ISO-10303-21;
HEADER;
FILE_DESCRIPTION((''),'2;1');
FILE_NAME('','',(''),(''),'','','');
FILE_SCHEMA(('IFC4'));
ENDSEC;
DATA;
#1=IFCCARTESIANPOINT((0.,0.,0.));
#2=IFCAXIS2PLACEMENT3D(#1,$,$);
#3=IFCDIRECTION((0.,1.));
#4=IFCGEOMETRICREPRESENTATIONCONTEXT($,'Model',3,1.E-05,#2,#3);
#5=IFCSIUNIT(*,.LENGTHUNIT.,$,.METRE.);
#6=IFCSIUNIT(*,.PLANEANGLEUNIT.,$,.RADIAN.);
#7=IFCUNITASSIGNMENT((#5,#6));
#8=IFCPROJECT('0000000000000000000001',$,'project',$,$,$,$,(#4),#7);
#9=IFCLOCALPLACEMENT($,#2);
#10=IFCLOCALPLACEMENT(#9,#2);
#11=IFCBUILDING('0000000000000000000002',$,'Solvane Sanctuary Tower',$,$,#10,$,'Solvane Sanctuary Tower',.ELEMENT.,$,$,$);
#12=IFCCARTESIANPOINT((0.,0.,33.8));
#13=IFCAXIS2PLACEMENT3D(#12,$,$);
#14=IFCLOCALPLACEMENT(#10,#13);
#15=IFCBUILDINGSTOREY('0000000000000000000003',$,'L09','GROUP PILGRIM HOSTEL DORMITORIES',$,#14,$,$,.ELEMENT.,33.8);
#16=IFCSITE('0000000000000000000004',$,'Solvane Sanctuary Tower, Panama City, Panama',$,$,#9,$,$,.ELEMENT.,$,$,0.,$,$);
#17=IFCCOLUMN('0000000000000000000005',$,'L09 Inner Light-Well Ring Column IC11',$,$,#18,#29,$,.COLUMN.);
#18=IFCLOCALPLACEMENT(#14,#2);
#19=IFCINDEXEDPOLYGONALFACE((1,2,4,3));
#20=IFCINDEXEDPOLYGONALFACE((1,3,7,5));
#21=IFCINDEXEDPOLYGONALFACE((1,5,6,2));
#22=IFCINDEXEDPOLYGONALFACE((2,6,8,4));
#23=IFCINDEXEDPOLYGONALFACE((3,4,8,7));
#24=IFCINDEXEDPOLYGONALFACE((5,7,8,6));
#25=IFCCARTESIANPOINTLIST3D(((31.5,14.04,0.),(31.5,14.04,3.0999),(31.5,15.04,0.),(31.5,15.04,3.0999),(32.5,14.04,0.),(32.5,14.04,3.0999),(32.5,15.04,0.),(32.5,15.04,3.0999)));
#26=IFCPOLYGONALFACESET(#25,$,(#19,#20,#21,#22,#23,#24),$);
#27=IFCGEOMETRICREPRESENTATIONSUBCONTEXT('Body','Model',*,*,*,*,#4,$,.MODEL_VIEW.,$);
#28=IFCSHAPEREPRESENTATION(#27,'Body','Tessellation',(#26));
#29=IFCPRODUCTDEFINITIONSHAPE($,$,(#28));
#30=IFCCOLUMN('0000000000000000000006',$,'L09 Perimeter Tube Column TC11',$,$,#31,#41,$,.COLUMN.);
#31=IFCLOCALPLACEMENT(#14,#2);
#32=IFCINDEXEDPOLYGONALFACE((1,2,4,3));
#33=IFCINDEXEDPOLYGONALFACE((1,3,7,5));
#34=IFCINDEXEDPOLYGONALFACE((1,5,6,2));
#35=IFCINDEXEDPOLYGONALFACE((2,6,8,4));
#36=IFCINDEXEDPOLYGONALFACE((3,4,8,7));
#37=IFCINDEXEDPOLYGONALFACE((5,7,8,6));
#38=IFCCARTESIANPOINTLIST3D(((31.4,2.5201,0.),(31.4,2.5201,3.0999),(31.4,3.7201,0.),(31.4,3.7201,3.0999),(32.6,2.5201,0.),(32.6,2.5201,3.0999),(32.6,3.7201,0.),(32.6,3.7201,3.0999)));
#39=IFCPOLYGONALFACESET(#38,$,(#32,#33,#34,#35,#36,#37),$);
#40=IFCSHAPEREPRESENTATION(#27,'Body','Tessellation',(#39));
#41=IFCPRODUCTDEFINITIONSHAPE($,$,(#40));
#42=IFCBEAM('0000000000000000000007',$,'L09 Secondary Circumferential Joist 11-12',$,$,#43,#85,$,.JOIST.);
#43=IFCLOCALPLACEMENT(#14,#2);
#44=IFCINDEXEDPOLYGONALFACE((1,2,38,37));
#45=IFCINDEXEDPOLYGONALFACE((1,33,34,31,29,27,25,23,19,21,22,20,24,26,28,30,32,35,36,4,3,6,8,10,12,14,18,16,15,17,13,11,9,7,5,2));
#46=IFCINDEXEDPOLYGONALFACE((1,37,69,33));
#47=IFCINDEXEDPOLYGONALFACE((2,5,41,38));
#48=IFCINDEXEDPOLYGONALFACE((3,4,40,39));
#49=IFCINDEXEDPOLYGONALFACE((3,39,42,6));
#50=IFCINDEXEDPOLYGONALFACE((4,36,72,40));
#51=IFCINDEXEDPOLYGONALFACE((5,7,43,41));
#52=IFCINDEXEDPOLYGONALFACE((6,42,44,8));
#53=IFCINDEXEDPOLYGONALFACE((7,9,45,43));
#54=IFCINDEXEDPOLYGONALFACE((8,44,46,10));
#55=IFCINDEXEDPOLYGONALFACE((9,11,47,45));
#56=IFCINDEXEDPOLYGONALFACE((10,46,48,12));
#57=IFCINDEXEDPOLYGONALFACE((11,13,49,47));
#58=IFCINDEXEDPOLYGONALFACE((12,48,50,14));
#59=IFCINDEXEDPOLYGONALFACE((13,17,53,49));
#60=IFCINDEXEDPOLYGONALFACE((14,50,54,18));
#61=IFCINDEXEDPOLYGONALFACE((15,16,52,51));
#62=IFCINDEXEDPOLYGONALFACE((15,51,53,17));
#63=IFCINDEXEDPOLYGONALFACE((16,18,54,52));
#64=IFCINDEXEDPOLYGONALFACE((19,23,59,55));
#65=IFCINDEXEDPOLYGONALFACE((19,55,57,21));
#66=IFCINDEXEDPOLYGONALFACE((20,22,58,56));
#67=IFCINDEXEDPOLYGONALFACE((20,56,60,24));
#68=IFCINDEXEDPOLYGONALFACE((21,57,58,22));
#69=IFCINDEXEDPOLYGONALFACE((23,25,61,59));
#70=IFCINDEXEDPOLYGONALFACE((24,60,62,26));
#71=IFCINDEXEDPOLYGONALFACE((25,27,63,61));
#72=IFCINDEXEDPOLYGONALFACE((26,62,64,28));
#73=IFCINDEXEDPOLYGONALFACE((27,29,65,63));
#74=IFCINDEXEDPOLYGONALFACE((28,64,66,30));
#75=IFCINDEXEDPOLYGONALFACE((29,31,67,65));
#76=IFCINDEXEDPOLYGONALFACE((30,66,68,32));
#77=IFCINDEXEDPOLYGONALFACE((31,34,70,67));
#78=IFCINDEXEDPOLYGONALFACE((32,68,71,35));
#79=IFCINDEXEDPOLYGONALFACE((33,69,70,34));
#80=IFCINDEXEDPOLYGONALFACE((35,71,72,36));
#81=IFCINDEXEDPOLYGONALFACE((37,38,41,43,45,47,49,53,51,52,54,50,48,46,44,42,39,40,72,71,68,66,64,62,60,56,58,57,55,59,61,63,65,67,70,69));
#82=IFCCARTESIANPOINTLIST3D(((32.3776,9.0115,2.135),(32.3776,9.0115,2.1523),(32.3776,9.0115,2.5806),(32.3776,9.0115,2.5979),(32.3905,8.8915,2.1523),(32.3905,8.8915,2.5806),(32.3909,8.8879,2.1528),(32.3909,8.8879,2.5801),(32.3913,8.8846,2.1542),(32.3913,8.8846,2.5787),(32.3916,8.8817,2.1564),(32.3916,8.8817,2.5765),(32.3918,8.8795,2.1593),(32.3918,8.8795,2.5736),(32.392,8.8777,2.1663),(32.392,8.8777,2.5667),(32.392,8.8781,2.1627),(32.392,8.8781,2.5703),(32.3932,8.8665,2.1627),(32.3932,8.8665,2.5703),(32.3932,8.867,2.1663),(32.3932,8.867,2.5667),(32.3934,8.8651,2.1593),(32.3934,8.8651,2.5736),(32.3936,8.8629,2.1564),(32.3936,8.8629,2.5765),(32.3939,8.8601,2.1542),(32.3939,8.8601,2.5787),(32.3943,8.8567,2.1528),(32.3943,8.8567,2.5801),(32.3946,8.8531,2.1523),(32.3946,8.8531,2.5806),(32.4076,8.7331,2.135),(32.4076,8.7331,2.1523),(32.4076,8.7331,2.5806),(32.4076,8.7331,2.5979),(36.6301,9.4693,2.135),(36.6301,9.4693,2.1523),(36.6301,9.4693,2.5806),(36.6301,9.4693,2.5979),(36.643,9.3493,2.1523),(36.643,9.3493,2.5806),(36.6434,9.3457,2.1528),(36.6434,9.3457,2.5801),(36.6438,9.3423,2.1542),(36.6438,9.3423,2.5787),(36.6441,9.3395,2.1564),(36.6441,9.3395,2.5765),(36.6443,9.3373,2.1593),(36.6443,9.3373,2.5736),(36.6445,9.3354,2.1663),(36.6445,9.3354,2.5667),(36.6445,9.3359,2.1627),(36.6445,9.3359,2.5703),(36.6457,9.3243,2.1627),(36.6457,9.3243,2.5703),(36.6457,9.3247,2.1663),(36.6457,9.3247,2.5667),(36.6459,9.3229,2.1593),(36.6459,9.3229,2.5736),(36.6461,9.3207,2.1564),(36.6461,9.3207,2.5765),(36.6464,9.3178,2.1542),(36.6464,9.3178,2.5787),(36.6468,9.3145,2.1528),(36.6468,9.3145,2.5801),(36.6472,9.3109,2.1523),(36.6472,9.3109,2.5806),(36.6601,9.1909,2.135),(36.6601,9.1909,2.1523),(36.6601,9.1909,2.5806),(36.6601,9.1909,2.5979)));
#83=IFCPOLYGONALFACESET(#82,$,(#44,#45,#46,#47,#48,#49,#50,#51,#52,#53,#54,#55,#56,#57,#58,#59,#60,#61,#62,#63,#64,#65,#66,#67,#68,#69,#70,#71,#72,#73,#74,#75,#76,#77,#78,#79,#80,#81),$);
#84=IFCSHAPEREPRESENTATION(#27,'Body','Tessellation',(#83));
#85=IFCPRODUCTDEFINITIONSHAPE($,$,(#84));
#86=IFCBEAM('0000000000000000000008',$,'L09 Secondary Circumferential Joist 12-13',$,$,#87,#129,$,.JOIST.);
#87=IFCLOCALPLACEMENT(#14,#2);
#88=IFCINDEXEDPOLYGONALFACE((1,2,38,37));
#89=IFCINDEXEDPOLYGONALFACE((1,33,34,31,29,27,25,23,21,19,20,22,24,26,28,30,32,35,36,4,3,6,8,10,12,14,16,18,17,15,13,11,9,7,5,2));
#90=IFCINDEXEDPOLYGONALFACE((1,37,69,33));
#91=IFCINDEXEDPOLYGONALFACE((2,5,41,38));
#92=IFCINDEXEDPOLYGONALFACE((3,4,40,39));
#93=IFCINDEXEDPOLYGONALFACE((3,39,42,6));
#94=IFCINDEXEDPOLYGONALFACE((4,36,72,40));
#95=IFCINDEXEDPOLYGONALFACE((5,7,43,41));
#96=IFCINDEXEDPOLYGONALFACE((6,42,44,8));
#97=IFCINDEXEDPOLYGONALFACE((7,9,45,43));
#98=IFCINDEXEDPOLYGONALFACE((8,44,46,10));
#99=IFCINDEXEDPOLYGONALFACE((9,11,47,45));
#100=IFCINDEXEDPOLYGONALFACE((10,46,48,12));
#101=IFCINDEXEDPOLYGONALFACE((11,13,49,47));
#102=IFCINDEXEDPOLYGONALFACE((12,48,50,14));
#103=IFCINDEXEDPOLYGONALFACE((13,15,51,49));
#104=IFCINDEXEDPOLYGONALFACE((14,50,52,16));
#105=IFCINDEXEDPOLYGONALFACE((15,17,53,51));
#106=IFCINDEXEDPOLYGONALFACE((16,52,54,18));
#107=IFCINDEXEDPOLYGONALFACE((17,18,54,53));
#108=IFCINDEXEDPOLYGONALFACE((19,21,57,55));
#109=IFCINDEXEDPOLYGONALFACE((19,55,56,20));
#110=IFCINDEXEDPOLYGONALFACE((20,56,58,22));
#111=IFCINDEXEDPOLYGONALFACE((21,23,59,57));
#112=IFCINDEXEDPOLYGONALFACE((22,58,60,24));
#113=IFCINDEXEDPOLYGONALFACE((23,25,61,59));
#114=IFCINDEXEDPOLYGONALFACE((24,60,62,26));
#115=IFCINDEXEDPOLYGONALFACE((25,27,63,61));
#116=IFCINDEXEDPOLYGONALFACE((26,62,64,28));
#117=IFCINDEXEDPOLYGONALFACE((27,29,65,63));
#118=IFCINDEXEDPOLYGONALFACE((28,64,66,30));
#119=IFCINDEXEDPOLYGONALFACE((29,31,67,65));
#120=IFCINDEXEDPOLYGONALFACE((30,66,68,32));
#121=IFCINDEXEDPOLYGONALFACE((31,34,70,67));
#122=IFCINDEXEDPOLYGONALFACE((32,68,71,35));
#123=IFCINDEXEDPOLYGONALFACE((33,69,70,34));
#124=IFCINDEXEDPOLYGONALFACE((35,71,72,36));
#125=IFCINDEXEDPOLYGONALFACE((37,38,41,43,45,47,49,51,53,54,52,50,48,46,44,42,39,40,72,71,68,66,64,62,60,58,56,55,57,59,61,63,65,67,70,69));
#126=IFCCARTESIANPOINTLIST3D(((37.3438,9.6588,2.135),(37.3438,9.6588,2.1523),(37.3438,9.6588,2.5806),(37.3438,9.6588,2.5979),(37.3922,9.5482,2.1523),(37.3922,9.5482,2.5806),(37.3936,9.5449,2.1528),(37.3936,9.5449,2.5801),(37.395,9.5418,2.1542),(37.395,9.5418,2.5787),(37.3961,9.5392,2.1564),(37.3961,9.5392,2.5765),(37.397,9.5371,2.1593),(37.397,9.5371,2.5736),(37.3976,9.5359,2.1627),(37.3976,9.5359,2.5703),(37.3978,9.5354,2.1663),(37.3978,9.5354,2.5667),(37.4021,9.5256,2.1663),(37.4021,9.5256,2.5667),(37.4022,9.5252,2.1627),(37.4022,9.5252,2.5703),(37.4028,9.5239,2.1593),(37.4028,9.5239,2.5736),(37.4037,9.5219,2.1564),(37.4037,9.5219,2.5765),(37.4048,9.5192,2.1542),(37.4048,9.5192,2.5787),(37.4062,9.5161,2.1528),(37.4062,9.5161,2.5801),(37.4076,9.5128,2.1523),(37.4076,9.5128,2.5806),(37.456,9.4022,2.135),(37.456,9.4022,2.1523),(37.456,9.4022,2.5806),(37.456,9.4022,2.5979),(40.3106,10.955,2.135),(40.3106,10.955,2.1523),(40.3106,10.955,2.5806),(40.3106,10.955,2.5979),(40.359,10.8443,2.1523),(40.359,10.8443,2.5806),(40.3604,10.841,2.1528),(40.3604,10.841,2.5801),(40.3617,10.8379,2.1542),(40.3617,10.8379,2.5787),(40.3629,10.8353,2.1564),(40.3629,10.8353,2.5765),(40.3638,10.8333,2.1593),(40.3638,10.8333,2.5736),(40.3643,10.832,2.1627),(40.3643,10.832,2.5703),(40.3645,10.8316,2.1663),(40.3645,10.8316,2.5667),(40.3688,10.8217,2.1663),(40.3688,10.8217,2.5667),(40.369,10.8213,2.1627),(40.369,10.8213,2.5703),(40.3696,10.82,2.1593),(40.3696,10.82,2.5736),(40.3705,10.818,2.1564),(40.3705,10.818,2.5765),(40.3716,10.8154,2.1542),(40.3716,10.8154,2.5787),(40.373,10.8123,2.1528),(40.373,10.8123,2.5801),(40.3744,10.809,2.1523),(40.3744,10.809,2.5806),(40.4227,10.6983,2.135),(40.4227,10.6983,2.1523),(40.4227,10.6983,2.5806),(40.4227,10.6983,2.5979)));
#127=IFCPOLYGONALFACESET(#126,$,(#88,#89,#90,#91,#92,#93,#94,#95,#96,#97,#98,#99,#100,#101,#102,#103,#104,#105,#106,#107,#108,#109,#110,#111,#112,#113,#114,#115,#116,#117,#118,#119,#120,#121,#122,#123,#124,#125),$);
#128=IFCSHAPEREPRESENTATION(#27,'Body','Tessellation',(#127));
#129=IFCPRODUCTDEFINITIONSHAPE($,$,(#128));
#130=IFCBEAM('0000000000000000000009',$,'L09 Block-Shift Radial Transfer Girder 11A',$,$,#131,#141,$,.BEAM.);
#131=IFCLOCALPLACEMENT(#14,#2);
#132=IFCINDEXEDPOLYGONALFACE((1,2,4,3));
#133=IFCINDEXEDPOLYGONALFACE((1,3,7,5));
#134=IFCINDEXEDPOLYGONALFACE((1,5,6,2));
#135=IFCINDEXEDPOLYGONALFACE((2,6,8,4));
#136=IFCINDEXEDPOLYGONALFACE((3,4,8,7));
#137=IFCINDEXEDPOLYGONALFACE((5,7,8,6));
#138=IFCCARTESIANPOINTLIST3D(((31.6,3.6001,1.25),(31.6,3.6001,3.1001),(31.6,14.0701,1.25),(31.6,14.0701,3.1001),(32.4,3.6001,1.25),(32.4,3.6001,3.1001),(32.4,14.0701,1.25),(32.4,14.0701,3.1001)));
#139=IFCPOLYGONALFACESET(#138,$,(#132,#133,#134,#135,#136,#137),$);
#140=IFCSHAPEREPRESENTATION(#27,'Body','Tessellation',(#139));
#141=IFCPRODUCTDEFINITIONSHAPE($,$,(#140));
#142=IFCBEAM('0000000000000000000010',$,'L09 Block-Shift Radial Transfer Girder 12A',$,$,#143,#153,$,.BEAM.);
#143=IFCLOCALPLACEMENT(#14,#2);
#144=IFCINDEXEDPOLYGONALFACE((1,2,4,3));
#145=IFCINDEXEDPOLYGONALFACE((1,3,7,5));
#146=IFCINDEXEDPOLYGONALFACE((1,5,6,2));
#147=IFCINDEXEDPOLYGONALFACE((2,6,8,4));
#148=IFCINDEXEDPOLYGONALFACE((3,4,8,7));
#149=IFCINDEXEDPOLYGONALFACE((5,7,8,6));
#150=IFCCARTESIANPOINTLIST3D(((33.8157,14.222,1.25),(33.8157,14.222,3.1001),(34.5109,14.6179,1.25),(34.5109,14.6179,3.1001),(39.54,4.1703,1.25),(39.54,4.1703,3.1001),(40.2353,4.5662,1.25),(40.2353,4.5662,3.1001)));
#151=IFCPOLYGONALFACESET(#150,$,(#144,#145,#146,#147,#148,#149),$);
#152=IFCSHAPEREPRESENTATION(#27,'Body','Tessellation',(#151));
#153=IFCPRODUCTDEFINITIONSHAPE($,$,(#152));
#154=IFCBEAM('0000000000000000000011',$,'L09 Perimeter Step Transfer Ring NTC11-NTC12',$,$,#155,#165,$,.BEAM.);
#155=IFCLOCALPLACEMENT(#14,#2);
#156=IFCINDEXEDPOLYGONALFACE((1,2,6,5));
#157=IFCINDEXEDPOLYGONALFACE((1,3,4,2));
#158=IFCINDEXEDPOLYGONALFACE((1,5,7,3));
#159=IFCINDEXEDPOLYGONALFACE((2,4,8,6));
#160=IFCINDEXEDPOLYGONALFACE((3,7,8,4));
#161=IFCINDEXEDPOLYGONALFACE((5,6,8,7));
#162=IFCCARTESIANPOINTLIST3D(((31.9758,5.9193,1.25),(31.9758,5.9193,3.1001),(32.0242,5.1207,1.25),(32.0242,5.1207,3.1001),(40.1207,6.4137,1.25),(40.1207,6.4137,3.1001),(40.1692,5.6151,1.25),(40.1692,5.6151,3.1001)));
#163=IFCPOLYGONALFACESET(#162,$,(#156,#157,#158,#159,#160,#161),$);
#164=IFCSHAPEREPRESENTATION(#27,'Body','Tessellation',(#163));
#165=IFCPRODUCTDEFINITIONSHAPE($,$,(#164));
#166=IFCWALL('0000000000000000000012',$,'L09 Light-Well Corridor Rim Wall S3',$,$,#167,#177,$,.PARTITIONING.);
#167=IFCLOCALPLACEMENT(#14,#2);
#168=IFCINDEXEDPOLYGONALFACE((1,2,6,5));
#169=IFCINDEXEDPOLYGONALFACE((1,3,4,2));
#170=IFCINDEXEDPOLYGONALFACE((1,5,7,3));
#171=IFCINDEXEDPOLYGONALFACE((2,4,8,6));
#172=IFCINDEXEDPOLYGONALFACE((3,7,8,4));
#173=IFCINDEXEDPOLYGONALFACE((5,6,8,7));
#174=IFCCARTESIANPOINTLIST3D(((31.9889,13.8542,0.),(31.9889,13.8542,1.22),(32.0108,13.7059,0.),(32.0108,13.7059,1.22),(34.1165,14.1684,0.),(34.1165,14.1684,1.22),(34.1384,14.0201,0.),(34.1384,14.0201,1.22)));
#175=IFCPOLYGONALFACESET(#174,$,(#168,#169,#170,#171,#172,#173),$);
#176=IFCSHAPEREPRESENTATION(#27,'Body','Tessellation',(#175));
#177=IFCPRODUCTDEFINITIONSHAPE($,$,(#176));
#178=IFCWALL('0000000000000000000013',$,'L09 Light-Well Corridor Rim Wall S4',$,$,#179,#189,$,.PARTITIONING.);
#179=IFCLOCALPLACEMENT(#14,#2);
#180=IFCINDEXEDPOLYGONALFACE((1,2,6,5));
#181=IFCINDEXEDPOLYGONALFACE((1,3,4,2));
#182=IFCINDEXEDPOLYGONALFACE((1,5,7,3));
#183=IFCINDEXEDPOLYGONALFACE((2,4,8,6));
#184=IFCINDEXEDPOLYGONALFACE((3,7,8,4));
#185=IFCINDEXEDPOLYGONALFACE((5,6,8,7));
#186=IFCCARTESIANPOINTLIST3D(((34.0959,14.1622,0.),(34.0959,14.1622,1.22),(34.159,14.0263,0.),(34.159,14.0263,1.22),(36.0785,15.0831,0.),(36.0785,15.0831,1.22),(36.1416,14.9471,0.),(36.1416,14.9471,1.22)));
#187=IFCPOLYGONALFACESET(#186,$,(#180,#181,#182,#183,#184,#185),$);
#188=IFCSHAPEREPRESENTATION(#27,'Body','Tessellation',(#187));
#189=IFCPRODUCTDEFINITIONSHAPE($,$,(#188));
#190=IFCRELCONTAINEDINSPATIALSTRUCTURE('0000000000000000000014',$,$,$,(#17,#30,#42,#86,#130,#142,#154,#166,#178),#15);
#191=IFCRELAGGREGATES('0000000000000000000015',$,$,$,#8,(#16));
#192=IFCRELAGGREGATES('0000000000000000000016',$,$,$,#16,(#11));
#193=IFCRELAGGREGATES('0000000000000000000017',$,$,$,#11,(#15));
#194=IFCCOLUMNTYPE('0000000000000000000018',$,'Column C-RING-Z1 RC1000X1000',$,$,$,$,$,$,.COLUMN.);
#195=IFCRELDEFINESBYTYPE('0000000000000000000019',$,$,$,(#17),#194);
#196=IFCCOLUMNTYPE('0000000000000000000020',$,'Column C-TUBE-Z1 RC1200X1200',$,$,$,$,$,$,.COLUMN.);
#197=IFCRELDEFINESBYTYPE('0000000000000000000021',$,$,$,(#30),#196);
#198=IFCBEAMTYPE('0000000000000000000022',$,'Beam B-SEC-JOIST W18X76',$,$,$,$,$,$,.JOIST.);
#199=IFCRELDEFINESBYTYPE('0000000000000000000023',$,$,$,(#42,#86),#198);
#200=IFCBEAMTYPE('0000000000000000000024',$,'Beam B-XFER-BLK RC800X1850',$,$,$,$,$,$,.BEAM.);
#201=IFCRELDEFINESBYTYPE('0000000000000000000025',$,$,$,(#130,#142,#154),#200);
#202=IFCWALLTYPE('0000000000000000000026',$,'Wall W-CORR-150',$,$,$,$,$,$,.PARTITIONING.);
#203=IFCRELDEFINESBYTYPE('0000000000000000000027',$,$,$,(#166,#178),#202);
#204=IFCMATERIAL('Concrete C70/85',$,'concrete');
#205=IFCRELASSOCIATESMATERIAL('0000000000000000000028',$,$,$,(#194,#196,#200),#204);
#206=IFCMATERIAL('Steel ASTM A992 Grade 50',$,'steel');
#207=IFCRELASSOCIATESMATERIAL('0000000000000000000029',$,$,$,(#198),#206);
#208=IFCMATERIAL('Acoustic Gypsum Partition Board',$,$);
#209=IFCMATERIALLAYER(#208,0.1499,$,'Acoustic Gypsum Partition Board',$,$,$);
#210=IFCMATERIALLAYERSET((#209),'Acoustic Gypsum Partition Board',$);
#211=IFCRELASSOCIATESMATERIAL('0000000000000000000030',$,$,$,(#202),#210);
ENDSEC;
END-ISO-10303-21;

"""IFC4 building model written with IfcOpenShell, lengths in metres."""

from ifc_helpers import new_model, si_unit, direction, frame, frame_2d, origin, origin_2d, place, context, subcontext, project, spatial, rectangle, i_section, extrude, material, layer, layer_set, material_profile, profile_set, type_object, element, save


model = new_model("IFC4")

# Units and contexts
model_context = context("Model", 3, precision=1e-05, world=origin(), true_north=direction((0.0, 1.0)))
body_context = subcontext(model_context, "Body", "Model", "MODEL_VIEW")
ifc_project = project(units=[si_unit("LENGTHUNIT", "METRE"), si_unit("PLANEANGLEUNIT", "RADIAN")], contexts=[model_context])

# Site, building, storey
site_placement = place(None, origin())
site = spatial("IfcSite", under=ifc_project, at=site_placement, Name="Solvane Sanctuary Tower, Panama City, Panama", CompositionType="ELEMENT", RefElevation=0.0)
building_placement = place(site_placement, origin())
building = spatial("IfcBuilding", under=site, at=building_placement, Name="Solvane Sanctuary Tower", LongName="Solvane Sanctuary Tower", CompositionType="ELEMENT")
storey_placement = place(building_placement, frame((0.0, 0.0, 33.8)))
storey = spatial("IfcBuildingStorey", under=building, at=storey_placement, Name="L09", Description="GROUP PILGRIM HOSTEL DORMITORIES", CompositionType="ELEMENT", Elevation=33.8)

# Columns
ifc_material_1 = material(Name="Concrete C70/85", Category="concrete")
ifc_material_profile_1 = material_profile(ifc_material_1, rectangle(XDim=1.0, YDim=1.0, at=origin_2d()), Name="RC1000X1000")
ifc_profile_set_1 = profile_set([ifc_material_profile_1], Name="Concrete C70/85")
column_type_1 = type_object("IfcColumnType", Name="Column C-RING-Z1 RC1000X1000", PredefinedType="COLUMN", material=ifc_profile_set_1)
column_1_placement = place(storey_placement, frame((32.0, 14.54, 0.0), z_axis=(0.0, 0.0, 1.0), x_axis=(1.0, 0.0, 0.0)))
element("IfcColumn", 1, at=column_1_placement, inside=storey, type_object=column_type_1, Name="L09 Inner Light-Well Ring Column IC11", PredefinedType="COLUMN", context=body_context, shape_type="SweptSolid", body=[
    extrude(rectangle(XDim=1.0, YDim=1.0, at=origin_2d()), origin(), (0.0, 0.0, 1.0), 3.0999),
])
ifc_material_profile_2 = material_profile(ifc_material_1, rectangle(XDim=1.2, YDim=1.2, at=origin_2d()), Name="RC1200X1200")
ifc_profile_set_2 = profile_set([ifc_material_profile_2], Name="Concrete C70/85")
column_type_2 = type_object("IfcColumnType", Name="Column C-TUBE-Z1 RC1200X1200", PredefinedType="COLUMN", material=ifc_profile_set_2)
column_2_placement = place(storey_placement, frame((32.0, 3.1201, 0.0), z_axis=(0.0, 0.0, 1.0), x_axis=(0.0, -1.0, 0.0)))
element("IfcColumn", 2, at=column_2_placement, inside=storey, type_object=column_type_2, Name="L09 Perimeter Tube Column TC11", PredefinedType="COLUMN", context=body_context, shape_type="SweptSolid", body=[
    extrude(rectangle(XDim=1.2, YDim=1.2, at=origin_2d()), origin(), (0.0, 0.0, 1.0), 3.0999),
])

# Beams
ifc_material_2 = material(Name="Steel ASTM A992 Grade 50", Category="steel")
ifc_material_profile_3 = material_profile(ifc_material_2, i_section(OverallWidth=0.28, OverallDepth=0.4629, WebThickness=0.0107, FlangeThickness=0.0173, FilletRadius=0.0139, at=origin_2d()), Name="W18X76")
ifc_profile_set_3 = profile_set([ifc_material_profile_3], Name="Steel ASTM A992 Grade 50")
beam_type_1 = type_object("IfcBeamType", Name="Beam B-SEC-JOIST W18X76", PredefinedType="JOIST", material=ifc_profile_set_3)
beam_1_placement = place(storey_placement, frame((32.3926, 8.8723, 2.3665), z_axis=(0.994256, 0.107029, 0.0), x_axis=(-0.107029, 0.994256, 0.0)))
element("IfcBeam", 3, at=beam_1_placement, inside=storey, type_object=beam_type_1, Name="L09 Secondary Circumferential Joist 11-12", PredefinedType="JOIST", context=body_context, shape_type="SweptSolid", body=[
    extrude(i_section(OverallWidth=0.28, OverallDepth=0.4629, WebThickness=0.0107, FlangeThickness=0.0173, FilletRadius=0.0139, at=origin_2d()), origin(), (0.0, 0.0, 1.0), 4.2771),
])
beam_2_placement = place(storey_placement, frame((37.3999, 9.5305, 2.3665), z_axis=(0.916365, 0.400344, 0.0), x_axis=(-0.400344, 0.916365, 0.0)))
element("IfcBeam", 4, at=beam_2_placement, inside=storey, type_object=beam_type_1, Name="L09 Secondary Circumferential Joist 12-13", PredefinedType="JOIST", context=body_context, shape_type="SweptSolid", body=[
    extrude(i_section(OverallWidth=0.28, OverallDepth=0.4629, WebThickness=0.0107, FlangeThickness=0.0173, FilletRadius=0.0139, at=origin_2d()), origin(), (0.0, 0.0, 1.0), 3.2375),
])
ifc_material_profile_4 = material_profile(ifc_material_1, rectangle(XDim=0.8, YDim=1.8501, at=origin_2d()), Name="RC800X1850")
ifc_profile_set_4 = profile_set([ifc_material_profile_4], Name="Concrete C70/85")
beam_type_2 = type_object("IfcBeamType", Name="Beam B-XFER-BLK RC800X1850", PredefinedType="BEAM", material=ifc_profile_set_4)
beam_3_placement = place(storey_placement, frame((32.0, 14.0701, 2.175), z_axis=(0.0, -1.0, 0.0), x_axis=(1.0, 0.0, 0.0)))
element("IfcBeam", 5, at=beam_3_placement, inside=storey, type_object=beam_type_2, Name="L09 Block-Shift Radial Transfer Girder 11A", PredefinedType="BEAM", context=body_context, shape_type="SweptSolid", body=[
    extrude(rectangle(XDim=0.8, YDim=1.8501, at=origin_2d()), origin(), (0.0, 0.0, 1.0), 10.47),
])
beam_4_placement = place(storey_placement, frame((34.1633, 14.4199, 2.175), z_axis=(0.494868, -0.868968, 0.0), x_axis=(0.868968, 0.494868, 0.0)))
element("IfcBeam", 6, at=beam_4_placement, inside=storey, type_object=beam_type_2, Name="L09 Block-Shift Radial Transfer Girder 12A", PredefinedType="BEAM", context=body_context, shape_type="SweptSolid", body=[
    extrude(rectangle(XDim=0.8, YDim=1.8501, at=origin_2d()), origin(), (0.0, 0.0, 1.0), 11.5674),
])
beam_5_placement = place(storey_placement, frame((32.0, 5.52, 2.175), z_axis=(0.998163, 0.060586, 0.0), x_axis=(-0.060586, 0.998163, 0.0)))
element("IfcBeam", 7, at=beam_5_placement, inside=storey, type_object=beam_type_2, Name="L09 Perimeter Step Transfer Ring NTC11-NTC12", PredefinedType="BEAM", context=body_context, shape_type="SweptSolid", body=[
    extrude(rectangle(XDim=0.8, YDim=1.8501, at=origin_2d()), origin(), (0.0, 0.0, 1.0), 8.1599),
])

# Walls
ifc_material_3 = material(Name="Acoustic Gypsum Partition Board")
ifc_layer_1 = layer(ifc_material_3, 0.1499, Name="Acoustic Gypsum Partition Board")
ifc_layer_set_1 = layer_set([ifc_layer_1], Name="Acoustic Gypsum Partition Board")
wall_type_1 = type_object("IfcWallType", Name="Wall W-CORR-150", PredefinedType="PARTITIONING", material=ifc_layer_set_1)
wall_1_placement = place(storey_placement, frame((32.0, 13.78, 0.0), z_axis=(0.0, 0.0, 1.0), x_axis=(0.989269, 0.146108, 0.0)))
element("IfcWall", 8, at=wall_1_placement, inside=storey, type_object=wall_type_1, Name="L09 Light-Well Corridor Rim Wall S3", PredefinedType="PARTITIONING", context=body_context, shape_type="SweptSolid", body=[
    extrude(rectangle(XDim=2.1506, YDim=0.1499, at=frame_2d((1.0752, 0.0))), origin(), (0.0, 0.0, 1.0), 1.22),
])
wall_2_placement = place(storey_placement, frame((34.1274, 14.0942, 0.0), z_axis=(0.0, 0.0, 1.0), x_axis=(0.906943, 0.421252, 0.0)))
element("IfcWall", 9, at=wall_2_placement, inside=storey, type_object=wall_type_1, Name="L09 Light-Well Corridor Rim Wall S4", PredefinedType="PARTITIONING", context=body_context, shape_type="SweptSolid", body=[
    extrude(rectangle(XDim=2.186, YDim=0.1499, at=frame_2d((1.093, 0.0))), origin(), (0.0, 0.0, 1.0), 1.22),
])

save(model, "model.ifc")
